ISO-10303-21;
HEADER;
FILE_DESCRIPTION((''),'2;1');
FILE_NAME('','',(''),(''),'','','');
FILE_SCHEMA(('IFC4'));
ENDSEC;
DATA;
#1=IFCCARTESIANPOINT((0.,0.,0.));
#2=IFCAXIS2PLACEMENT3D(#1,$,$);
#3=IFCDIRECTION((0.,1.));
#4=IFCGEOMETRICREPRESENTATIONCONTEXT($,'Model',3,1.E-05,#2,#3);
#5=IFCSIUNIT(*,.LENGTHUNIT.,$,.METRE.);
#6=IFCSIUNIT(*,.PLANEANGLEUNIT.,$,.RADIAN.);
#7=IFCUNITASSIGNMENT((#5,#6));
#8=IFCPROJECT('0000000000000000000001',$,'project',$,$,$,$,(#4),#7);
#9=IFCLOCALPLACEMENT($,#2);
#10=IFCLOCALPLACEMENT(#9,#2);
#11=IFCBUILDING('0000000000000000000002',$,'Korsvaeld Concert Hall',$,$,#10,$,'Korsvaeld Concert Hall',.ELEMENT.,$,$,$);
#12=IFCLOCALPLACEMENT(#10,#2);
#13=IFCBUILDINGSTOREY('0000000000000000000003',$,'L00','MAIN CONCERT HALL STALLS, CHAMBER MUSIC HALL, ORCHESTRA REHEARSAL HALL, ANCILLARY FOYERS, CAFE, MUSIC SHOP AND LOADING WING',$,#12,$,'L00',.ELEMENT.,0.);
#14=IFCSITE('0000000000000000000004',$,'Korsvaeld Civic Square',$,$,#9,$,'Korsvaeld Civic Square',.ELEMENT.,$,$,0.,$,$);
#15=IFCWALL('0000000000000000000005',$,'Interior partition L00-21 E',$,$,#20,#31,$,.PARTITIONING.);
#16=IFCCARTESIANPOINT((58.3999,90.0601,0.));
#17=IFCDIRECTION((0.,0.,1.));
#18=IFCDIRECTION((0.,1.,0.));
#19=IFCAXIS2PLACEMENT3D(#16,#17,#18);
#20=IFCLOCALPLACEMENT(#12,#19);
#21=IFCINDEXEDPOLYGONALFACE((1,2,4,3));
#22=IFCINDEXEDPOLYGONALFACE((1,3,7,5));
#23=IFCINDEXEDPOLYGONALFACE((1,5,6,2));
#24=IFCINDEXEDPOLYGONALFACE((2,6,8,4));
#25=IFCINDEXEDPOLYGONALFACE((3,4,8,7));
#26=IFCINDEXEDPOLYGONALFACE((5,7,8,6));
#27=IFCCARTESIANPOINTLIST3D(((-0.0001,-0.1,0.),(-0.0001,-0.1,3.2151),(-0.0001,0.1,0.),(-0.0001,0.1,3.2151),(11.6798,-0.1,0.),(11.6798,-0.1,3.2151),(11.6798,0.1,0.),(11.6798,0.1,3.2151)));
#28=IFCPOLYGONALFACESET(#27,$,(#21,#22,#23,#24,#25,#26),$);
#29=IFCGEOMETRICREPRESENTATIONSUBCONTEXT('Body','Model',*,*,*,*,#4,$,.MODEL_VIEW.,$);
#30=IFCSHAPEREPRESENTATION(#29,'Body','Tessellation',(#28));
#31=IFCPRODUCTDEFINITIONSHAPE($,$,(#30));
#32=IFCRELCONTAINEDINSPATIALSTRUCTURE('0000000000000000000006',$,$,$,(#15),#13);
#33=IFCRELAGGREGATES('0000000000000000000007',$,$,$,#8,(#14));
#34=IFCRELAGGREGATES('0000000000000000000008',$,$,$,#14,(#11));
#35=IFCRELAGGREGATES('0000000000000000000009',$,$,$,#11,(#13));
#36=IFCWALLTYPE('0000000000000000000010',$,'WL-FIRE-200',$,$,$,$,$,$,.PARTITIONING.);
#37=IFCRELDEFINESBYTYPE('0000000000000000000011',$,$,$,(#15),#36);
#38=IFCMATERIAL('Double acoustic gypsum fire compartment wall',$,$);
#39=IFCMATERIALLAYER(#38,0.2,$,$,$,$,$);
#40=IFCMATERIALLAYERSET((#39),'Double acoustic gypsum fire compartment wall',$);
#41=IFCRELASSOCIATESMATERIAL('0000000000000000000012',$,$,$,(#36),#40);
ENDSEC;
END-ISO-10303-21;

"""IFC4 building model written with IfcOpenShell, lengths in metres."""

from ifc_helpers import new_model, si_unit, direction, frame, frame_2d, origin, place, context, subcontext, project, spatial, rectangle, extrude, material, layer, layer_set, type_object, element, save


model = new_model("IFC4")

# Units and contexts
model_context = context("Model", 3, precision=1e-05, world=origin(), true_north=direction((0.0, 1.0)))
body_context = subcontext(model_context, "Body", "Model", "MODEL_VIEW")
ifc_project = project(units=[si_unit("LENGTHUNIT", "METRE"), si_unit("PLANEANGLEUNIT", "RADIAN")], contexts=[model_context])

# Site, building, storey
site_placement = place(None, origin())
site = spatial("IfcSite", under=ifc_project, at=site_placement, Name="Korsvaeld Civic Square", LongName="Korsvaeld Civic Square", CompositionType="ELEMENT", RefElevation=0.0)
building_placement = place(site_placement, origin())
building = spatial("IfcBuilding", under=site, at=building_placement, Name="Korsvaeld Concert Hall", LongName="Korsvaeld Concert Hall", CompositionType="ELEMENT")
storey_placement = place(building_placement, origin())
storey = spatial("IfcBuildingStorey", under=building, at=storey_placement, Name="L00", Description="MAIN CONCERT HALL STALLS, CHAMBER MUSIC HALL, ORCHESTRA REHEARSAL HALL, ANCILLARY FOYERS, CAFE, MUSIC SHOP AND LOADING WING", LongName="L00", CompositionType="ELEMENT", Elevation=0.0)

# Wall
ifc_material_1 = material(Name="Double acoustic gypsum fire compartment wall")
ifc_layer_1 = layer(ifc_material_1, 0.2)
ifc_layer_set_1 = layer_set([ifc_layer_1], Name="Double acoustic gypsum fire compartment wall")
wall_type_1 = type_object("IfcWallType", Name="WL-FIRE-200", PredefinedType="PARTITIONING", material=ifc_layer_set_1)
wall_1_placement = place(storey_placement, frame((58.3999, 90.0601, 0.0), z_axis=(0.0, 0.0, 1.0), x_axis=(0.0, 1.0, 0.0)))
element("IfcWall", 1, at=wall_1_placement, inside=storey, type_object=wall_type_1, Name="Interior partition L00-21 E", PredefinedType="PARTITIONING", context=body_context, shape_type="SweptSolid", body=[
    extrude(rectangle(XDim=11.6799, YDim=0.2, at=frame_2d((5.8398, 0.0))), origin(), (0.0, 0.0, 1.0), 3.2151),
])

save(model, "model.ifc")
